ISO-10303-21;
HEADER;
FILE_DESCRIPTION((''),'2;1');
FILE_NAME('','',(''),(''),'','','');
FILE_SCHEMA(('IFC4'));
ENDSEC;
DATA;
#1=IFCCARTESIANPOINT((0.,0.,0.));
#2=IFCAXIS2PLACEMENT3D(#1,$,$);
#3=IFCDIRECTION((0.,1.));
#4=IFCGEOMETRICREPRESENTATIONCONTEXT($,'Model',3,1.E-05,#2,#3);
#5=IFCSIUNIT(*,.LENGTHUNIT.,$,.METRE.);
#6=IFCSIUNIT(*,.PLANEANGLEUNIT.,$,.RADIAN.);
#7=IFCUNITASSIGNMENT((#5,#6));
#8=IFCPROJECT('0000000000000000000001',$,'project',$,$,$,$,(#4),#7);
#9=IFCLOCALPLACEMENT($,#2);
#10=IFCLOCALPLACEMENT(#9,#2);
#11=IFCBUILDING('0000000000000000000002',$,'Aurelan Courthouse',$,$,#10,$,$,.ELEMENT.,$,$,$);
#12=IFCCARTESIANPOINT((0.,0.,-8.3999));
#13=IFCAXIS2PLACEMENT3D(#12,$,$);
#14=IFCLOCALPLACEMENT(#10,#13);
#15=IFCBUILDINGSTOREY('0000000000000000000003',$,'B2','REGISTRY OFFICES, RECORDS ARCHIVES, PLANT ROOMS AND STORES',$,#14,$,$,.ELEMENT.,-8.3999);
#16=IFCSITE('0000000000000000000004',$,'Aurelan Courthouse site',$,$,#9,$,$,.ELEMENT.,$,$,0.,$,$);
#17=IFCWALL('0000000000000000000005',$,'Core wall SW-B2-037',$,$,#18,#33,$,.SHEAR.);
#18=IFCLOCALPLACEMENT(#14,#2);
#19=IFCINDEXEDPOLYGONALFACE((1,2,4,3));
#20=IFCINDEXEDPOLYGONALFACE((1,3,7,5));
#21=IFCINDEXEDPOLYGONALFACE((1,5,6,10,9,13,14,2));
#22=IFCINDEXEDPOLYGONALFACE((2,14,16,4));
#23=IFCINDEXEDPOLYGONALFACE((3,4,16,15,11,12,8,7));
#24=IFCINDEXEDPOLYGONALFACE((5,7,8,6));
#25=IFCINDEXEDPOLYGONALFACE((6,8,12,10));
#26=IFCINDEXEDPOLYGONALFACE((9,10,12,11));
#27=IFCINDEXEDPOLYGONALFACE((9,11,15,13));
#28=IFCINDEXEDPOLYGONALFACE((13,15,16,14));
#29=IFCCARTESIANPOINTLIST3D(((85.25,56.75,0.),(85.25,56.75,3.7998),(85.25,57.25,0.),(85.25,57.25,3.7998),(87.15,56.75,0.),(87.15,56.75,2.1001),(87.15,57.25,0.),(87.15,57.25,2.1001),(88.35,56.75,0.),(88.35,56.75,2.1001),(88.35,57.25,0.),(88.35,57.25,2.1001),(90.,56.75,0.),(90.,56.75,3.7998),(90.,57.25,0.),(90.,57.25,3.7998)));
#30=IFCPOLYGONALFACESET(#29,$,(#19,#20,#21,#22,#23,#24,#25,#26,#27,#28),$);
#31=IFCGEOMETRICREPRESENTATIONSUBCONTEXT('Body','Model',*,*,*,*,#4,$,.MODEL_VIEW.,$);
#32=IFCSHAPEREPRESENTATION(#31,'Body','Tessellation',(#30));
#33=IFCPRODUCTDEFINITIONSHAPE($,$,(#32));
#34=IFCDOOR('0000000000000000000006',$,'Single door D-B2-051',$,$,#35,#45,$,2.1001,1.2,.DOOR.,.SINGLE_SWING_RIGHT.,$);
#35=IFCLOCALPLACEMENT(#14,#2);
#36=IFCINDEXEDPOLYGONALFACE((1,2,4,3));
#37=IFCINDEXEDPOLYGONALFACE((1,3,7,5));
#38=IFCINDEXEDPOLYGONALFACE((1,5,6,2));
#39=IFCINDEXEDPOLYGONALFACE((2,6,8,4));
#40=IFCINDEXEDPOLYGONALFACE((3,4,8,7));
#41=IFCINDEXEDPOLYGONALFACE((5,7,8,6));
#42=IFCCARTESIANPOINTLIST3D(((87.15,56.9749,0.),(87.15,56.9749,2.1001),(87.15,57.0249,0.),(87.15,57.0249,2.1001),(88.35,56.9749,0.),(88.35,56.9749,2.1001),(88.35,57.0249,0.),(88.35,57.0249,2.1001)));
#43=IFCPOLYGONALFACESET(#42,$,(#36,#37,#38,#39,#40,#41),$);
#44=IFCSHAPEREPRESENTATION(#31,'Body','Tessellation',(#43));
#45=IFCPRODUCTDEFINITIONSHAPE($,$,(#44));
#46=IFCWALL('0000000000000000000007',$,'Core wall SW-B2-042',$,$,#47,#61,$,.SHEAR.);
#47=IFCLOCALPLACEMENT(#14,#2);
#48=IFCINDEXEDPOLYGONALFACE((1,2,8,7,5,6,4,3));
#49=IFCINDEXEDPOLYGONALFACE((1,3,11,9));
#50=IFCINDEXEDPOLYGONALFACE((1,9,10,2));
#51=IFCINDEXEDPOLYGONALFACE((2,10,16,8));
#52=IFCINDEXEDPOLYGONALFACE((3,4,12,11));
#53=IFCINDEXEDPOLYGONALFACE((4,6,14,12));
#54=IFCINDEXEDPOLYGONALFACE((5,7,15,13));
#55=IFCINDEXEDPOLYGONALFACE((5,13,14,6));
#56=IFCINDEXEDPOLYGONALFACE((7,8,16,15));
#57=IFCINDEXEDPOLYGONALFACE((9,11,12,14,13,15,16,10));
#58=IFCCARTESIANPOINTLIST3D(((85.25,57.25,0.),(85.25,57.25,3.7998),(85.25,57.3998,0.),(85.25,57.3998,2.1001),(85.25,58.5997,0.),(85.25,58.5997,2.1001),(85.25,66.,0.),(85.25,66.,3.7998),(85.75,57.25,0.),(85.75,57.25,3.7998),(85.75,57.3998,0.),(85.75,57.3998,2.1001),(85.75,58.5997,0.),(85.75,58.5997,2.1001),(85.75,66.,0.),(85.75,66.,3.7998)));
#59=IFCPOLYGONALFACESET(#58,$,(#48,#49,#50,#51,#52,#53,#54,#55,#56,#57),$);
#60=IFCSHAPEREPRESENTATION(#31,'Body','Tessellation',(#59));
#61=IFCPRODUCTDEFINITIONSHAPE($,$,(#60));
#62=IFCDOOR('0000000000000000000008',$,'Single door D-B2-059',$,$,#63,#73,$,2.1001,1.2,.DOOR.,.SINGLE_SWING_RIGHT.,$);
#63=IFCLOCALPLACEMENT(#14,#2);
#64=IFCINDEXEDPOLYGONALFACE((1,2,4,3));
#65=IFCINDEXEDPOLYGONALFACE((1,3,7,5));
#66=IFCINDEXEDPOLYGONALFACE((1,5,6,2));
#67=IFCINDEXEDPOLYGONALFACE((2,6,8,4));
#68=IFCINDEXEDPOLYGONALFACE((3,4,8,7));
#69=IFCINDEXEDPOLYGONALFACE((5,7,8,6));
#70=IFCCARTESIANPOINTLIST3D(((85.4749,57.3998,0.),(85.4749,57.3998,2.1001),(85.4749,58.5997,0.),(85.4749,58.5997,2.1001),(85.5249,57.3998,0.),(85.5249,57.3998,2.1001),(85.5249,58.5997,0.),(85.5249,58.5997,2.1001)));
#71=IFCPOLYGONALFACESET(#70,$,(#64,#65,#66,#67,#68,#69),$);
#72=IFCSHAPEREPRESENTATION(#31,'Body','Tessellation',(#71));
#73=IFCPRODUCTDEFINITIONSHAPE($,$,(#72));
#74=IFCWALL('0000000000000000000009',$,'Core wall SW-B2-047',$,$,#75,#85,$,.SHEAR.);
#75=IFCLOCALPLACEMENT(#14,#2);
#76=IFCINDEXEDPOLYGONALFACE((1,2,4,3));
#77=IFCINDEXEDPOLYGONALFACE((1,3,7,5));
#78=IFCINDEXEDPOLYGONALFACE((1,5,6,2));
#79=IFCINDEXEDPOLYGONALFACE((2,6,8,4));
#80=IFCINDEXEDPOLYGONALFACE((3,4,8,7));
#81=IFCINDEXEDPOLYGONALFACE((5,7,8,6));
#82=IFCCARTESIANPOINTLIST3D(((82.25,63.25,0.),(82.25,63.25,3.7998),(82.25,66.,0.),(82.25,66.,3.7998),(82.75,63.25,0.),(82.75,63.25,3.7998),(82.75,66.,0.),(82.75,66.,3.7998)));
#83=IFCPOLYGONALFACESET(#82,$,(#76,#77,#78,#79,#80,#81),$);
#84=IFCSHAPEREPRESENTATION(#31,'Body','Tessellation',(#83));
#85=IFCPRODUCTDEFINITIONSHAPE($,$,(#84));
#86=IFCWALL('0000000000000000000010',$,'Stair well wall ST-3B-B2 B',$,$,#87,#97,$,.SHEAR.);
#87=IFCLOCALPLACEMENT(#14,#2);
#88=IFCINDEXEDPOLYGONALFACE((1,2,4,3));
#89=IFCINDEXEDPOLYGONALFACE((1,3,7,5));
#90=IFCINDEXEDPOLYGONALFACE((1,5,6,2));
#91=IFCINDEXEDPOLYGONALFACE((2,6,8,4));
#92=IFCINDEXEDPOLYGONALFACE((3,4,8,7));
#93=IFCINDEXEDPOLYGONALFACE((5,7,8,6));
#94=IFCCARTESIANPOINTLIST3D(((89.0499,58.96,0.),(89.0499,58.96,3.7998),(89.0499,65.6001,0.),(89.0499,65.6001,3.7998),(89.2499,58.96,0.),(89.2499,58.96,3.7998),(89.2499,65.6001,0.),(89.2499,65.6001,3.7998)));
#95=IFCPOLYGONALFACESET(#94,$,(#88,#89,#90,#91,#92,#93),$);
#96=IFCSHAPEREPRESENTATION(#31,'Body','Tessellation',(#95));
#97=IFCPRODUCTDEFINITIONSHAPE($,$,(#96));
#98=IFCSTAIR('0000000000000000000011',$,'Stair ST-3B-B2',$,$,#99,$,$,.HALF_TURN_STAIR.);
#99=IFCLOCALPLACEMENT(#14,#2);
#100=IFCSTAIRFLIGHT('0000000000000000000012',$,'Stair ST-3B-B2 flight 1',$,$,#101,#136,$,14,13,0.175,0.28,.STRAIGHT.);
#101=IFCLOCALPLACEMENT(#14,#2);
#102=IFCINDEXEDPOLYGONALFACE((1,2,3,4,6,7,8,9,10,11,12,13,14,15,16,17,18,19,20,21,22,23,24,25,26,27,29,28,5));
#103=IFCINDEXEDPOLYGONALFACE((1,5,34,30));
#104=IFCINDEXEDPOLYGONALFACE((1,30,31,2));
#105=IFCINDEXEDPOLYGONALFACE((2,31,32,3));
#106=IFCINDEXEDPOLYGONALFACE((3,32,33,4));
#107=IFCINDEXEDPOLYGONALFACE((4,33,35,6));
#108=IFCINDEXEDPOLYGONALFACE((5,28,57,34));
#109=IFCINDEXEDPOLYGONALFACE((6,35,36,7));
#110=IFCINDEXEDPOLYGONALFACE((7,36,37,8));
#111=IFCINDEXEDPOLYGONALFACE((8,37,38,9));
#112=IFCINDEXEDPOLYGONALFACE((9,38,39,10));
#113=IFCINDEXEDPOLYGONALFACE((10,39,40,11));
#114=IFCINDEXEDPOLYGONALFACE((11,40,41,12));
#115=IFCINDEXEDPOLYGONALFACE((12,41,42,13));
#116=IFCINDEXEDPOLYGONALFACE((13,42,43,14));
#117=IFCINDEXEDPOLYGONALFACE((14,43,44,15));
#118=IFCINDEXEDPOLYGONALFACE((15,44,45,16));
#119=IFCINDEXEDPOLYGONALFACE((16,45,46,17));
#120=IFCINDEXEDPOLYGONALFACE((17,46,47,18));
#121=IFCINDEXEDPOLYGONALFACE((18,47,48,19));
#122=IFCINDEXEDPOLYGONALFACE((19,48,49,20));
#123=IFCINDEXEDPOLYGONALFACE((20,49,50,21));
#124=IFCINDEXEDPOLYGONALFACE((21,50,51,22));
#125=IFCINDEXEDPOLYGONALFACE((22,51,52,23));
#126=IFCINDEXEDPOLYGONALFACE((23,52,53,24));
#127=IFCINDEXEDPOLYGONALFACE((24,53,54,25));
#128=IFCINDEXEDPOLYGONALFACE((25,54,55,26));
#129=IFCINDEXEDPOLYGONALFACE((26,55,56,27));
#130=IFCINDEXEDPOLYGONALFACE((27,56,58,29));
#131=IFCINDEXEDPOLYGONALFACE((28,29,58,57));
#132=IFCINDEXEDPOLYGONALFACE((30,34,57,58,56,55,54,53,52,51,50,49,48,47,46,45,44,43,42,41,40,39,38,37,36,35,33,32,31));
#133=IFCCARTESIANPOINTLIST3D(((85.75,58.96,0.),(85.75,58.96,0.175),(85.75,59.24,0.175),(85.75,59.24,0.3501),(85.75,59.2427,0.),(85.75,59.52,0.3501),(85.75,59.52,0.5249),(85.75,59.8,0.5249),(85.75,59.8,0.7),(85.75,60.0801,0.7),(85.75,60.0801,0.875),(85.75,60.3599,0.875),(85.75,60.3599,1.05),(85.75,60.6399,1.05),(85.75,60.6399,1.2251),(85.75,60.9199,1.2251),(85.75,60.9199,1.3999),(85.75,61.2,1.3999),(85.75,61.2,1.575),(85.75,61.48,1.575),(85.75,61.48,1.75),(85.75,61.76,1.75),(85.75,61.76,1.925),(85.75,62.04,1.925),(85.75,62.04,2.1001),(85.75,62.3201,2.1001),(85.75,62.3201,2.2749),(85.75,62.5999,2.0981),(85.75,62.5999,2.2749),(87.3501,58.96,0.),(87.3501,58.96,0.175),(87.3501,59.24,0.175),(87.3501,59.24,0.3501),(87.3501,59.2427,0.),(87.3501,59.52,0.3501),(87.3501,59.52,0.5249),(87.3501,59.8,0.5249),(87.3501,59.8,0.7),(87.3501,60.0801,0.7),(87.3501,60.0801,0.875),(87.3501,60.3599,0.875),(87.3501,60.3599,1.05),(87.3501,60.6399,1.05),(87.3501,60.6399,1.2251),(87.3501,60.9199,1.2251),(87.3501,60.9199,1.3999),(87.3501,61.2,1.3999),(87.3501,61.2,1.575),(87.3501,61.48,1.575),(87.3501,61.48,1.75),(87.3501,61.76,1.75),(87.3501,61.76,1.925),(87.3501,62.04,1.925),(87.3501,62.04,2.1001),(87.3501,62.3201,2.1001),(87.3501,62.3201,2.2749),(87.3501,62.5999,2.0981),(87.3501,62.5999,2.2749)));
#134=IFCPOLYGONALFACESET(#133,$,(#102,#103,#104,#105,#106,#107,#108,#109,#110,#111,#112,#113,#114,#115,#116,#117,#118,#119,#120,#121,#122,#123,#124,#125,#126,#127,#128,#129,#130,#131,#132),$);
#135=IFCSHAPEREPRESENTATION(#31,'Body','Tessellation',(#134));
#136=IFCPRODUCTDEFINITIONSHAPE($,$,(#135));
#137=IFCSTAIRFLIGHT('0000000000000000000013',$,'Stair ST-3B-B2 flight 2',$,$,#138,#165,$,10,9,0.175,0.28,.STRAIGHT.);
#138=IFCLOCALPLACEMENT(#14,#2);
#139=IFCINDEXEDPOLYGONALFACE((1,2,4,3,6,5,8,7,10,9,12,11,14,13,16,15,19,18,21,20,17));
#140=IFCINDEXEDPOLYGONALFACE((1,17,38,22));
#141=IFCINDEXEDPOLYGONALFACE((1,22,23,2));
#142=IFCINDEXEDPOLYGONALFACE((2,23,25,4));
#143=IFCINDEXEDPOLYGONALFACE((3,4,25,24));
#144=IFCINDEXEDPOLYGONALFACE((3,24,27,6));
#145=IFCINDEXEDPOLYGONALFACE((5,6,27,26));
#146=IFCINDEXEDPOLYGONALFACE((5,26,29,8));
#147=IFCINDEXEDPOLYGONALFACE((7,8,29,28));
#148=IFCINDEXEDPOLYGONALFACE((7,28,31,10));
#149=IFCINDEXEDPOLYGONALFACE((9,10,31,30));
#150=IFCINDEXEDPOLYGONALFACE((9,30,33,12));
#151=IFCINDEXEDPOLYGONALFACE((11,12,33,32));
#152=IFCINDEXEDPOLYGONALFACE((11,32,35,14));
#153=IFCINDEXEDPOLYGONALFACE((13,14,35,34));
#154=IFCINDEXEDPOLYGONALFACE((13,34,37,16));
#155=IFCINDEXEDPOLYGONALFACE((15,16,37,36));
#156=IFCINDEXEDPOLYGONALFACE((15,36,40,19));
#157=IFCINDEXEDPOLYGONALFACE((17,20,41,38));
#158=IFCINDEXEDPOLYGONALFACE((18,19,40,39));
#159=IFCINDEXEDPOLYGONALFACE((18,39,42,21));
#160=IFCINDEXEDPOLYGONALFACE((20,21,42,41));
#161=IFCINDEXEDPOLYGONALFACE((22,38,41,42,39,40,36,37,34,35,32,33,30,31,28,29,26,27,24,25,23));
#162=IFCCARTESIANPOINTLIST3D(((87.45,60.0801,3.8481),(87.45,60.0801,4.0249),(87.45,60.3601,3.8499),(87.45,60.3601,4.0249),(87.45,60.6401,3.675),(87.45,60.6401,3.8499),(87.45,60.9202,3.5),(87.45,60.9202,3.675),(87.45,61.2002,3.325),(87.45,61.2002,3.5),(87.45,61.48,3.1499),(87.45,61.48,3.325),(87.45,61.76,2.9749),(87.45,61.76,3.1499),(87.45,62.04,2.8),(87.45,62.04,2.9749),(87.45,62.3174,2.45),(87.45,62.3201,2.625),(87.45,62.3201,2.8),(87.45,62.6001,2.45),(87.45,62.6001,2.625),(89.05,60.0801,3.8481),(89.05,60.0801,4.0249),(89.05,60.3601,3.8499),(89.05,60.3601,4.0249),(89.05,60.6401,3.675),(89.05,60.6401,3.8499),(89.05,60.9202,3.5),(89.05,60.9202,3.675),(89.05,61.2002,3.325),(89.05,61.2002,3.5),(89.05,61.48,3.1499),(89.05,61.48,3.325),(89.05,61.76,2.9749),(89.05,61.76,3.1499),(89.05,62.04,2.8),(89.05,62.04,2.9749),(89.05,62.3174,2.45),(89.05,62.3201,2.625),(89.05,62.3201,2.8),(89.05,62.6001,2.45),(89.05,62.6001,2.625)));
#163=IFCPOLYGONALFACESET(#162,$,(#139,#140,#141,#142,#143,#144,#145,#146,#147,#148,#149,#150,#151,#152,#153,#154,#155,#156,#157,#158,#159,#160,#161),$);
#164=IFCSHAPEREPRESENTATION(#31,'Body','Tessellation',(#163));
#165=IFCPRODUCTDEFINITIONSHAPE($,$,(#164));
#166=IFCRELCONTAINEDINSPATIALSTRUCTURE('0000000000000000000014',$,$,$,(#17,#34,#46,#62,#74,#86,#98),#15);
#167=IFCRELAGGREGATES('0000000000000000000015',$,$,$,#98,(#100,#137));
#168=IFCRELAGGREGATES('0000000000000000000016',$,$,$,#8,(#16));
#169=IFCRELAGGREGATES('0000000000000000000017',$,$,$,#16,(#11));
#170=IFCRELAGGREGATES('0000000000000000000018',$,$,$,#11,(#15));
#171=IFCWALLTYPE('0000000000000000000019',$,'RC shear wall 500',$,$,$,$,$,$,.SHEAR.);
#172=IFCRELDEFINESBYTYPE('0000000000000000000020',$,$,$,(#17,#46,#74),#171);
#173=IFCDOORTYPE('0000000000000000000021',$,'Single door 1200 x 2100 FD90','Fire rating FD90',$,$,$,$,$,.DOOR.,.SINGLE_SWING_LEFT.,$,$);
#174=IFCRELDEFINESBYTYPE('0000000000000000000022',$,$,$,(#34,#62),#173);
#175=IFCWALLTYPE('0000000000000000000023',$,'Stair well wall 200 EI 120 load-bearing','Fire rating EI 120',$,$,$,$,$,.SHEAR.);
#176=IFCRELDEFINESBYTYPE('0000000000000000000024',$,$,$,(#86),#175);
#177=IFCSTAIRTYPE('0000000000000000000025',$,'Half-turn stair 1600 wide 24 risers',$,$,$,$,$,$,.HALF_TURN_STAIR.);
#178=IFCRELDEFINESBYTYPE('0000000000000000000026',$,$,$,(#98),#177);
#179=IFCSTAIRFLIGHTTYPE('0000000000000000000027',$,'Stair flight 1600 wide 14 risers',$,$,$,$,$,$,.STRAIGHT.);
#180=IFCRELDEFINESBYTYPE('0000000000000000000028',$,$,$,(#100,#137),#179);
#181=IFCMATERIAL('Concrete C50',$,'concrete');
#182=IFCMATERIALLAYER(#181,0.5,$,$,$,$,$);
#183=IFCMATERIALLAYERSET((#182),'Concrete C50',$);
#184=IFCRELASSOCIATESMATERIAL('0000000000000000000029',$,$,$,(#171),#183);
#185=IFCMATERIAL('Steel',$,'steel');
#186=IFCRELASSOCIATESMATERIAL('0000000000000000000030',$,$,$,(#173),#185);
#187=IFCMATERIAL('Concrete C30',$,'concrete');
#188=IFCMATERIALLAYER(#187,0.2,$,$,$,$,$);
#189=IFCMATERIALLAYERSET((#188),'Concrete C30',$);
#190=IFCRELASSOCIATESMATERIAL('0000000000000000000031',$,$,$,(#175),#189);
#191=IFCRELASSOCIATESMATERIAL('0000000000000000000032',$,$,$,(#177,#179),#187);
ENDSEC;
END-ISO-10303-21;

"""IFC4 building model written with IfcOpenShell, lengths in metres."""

from ifc_helpers import new_model, si_unit, direction, frame, frame_2d, origin, place, context, subcontext, project, spatial, polyline, rectangle, outline, extrude, material, layer, layer_set, type_object, element, fill, aggregate, save


model = new_model("IFC4")

# Units and contexts
model_context = context("Model", 3, precision=1e-05, world=origin(), true_north=direction((0.0, 1.0)))
body_context = subcontext(model_context, "Body", "Model", "MODEL_VIEW")
ifc_project = project(units=[si_unit("LENGTHUNIT", "METRE"), si_unit("PLANEANGLEUNIT", "RADIAN")], contexts=[model_context])

# Site, building, storey
site_placement = place(None, origin())
site = spatial("IfcSite", under=ifc_project, at=site_placement, Name="Aurelan Courthouse site", CompositionType="ELEMENT", RefElevation=0.0)
building_placement = place(site_placement, origin())
building = spatial("IfcBuilding", under=site, at=building_placement, Name="Aurelan Courthouse", CompositionType="ELEMENT")
storey_placement = place(building_placement, frame((0.0, 0.0, -8.3999)))
storey = spatial("IfcBuildingStorey", under=building, at=storey_placement, Name="B2", Description="REGISTRY OFFICES, RECORDS ARCHIVES, PLANT ROOMS AND STORES", CompositionType="ELEMENT", Elevation=-8.3999)

# Shared definitions
ifc_material_1 = material(Name="Concrete C50", Category="concrete")

# Walls, openings, doors
ifc_layer_1 = layer(ifc_material_1, 0.5)
ifc_layer_set_1 = layer_set([ifc_layer_1], Name="Concrete C50")
wall_type_1 = type_object("IfcWallType", Name="RC shear wall 500", PredefinedType="SHEAR", material=ifc_layer_set_1)
wall_1_placement = place(storey_placement, frame((85.25, 57.0, 0.0), z_axis=(0.0, 0.0, 1.0), x_axis=(1.0, 0.0, 0.0)))
wall_1 = element("IfcWall", 1, at=wall_1_placement, inside=storey, type_object=wall_type_1, Name="Core wall SW-B2-037", PredefinedType="SHEAR", context=body_context, shape_type="SweptSolid", body=[
    extrude(rectangle(XDim=4.75, YDim=0.5, at=frame_2d((2.375, 0.0))), origin(), (0.0, 0.0, 1.0), 3.7998),
])
opening_1_placement = place(wall_1_placement, frame((1.8999, 0.0, 0.0)))
opening_1 = element("IfcOpeningElement", 2, at=opening_1_placement, cuts=wall_1, PredefinedType="OPENING", context=body_context, shape_type="SweptSolid", body=[
    extrude(rectangle(XDim=1.2, YDim=2.1001, at=frame_2d((0.6001, 1.05))), frame((0.0, 0.26, 0.0), z_axis=(0.0, -1.0, 0.0), x_axis=(1.0, 0.0, 0.0)), (0.0, 0.0, 1.0), 0.52),
])
ifc_material_2 = material(Name="Steel", Category="steel")
door_type = type_object("IfcDoorType", Name="Single door 1200 x 2100 FD90", Description="Fire rating FD90", OperationType="SINGLE_SWING_LEFT", PredefinedType="DOOR", material=ifc_material_2)
door_1_placement = place(opening_1_placement, origin())
door_1 = element("IfcDoor", 3, at=door_1_placement, inside=storey, type_object=door_type, Name="Single door D-B2-051", OperationType="SINGLE_SWING_RIGHT", OverallHeight=2.1001, OverallWidth=1.2, PredefinedType="DOOR", context=body_context, shape_type="SweptSolid", body=[
    extrude(rectangle(XDim=1.2, YDim=2.1001, at=frame_2d((0.6001, 1.05))), frame((0.0, 0.0249, 0.0), z_axis=(0.0, -1.0, 0.0), x_axis=(1.0, 0.0, 0.0)), (0.0, 0.0, 1.0), 0.05),
])
fill(opening_1, door_1)
wall_2_placement = place(storey_placement, frame((85.5, 57.25, 0.0), z_axis=(0.0, 0.0, 1.0), x_axis=(0.0, 1.0, 0.0)))
wall_2 = element("IfcWall", 4, at=wall_2_placement, inside=storey, type_object=wall_type_1, Name="Core wall SW-B2-042", PredefinedType="SHEAR", context=body_context, shape_type="SweptSolid", body=[
    extrude(rectangle(XDim=8.75, YDim=0.5, at=frame_2d((4.375, 0.0))), origin(), (0.0, 0.0, 1.0), 3.7998),
])
opening_2_placement = place(wall_2_placement, frame((1.3499, 0.0, 0.0), z_axis=(0.0, 0.0, 1.0), x_axis=(-1.0, 0.0, 0.0)))
opening_2 = element("IfcOpeningElement", 5, at=opening_2_placement, cuts=wall_2, PredefinedType="OPENING", context=body_context, shape_type="SweptSolid", body=[
    extrude(rectangle(XDim=1.2, YDim=2.1001, at=frame_2d((0.6001, 1.05))), frame((0.0, 0.26, 0.0), z_axis=(0.0, -1.0, 0.0), x_axis=(1.0, 0.0, 0.0)), (0.0, 0.0, 1.0), 0.52),
])
door_2_placement = place(opening_2_placement, origin())
door_2 = element("IfcDoor", 6, at=door_2_placement, inside=storey, type_object=door_type, Name="Single door D-B2-059", OperationType="SINGLE_SWING_RIGHT", OverallHeight=2.1001, OverallWidth=1.2, PredefinedType="DOOR", context=body_context, shape_type="SweptSolid", body=[
    extrude(rectangle(XDim=1.2, YDim=2.1001, at=frame_2d((0.6001, 1.05))), frame((0.0, 0.0249, 0.0), z_axis=(0.0, -1.0, 0.0), x_axis=(1.0, 0.0, 0.0)), (0.0, 0.0, 1.0), 0.05),
])
fill(opening_2, door_2)

# Walls
wall_3_placement = place(storey_placement, frame((82.5, 63.25, 0.0), z_axis=(0.0, 0.0, 1.0), x_axis=(0.0, 1.0, 0.0)))
element("IfcWall", 7, at=wall_3_placement, inside=storey, type_object=wall_type_1, Name="Core wall SW-B2-047", PredefinedType="SHEAR", context=body_context, shape_type="SweptSolid", body=[
    extrude(rectangle(XDim=2.75, YDim=0.5, at=frame_2d((1.375, 0.0))), origin(), (0.0, 0.0, 1.0), 3.7998),
])
ifc_material_3 = material(Name="Concrete C30", Category="concrete")
ifc_layer_2 = layer(ifc_material_3, 0.2)
ifc_layer_set_2 = layer_set([ifc_layer_2], Name="Concrete C30")
wall_type_2 = type_object("IfcWallType", Name="Stair well wall 200 EI 120 load-bearing", Description="Fire rating EI 120", PredefinedType="SHEAR", material=ifc_layer_set_2)
wall_4_placement = place(storey_placement, frame((89.1499, 58.96, 0.0), z_axis=(0.0, 0.0, 1.0), x_axis=(0.0, 1.0, 0.0)))
element("IfcWall", 8, at=wall_4_placement, inside=storey, type_object=wall_type_2, Name="Stair well wall ST-3B-B2 B", PredefinedType="SHEAR", context=body_context, shape_type="SweptSolid", body=[
    extrude(rectangle(XDim=6.6401, YDim=0.2, at=frame_2d((3.3201, 0.0))), origin(), (0.0, 0.0, 1.0), 3.7998),
])

# Stair, stair flights
stair_type = type_object("IfcStairType", Name="Half-turn stair 1600 wide 24 risers", PredefinedType="HALF_TURN_STAIR", material=ifc_material_3)
stair_placement = place(storey_placement, origin())
stair = element("IfcStair", 9, at=stair_placement, inside=storey, type_object=stair_type, Name="Stair ST-3B-B2", PredefinedType="HALF_TURN_STAIR")
stair_flight_type = type_object("IfcStairFlightType", Name="Stair flight 1600 wide 14 risers", PredefinedType="STRAIGHT", material=ifc_material_3)
stair_flight_1_placement = place(storey_placement, frame((86.55, 58.96, 0.0), z_axis=(0.0, 0.0, 1.0), x_axis=(0.0, 1.0, 0.0)))
stair_flight_1 = element("IfcStairFlight", 10, at=stair_flight_1_placement, type_object=stair_flight_type, Name="Stair ST-3B-B2 flight 1", NumberOfRisers=14, NumberOfTreads=13, PredefinedType="STRAIGHT", RiserHeight=0.175, TreadLength=0.28, context=body_context, shape_type="SweptSolid", body=[
    extrude(outline(polyline([(0.0, 0.0), (0.0, 0.175), (0.28, 0.175), (0.28, 0.3501), (0.5601, 0.3501), (0.5601, 0.5249), (0.8401, 0.5249), (0.8401, 0.7), (1.1201, 0.7), (1.1201, 0.875), (1.3999, 0.875), (1.3999, 1.05), (1.6799, 1.05), (1.6799, 1.2251), (1.96, 1.2251), (1.96, 1.3999), (2.24, 1.3999), (2.24, 1.575), (2.52, 1.575), (2.52, 1.75), (2.8, 1.75), (2.8, 1.925), (3.0801, 1.925), (3.0801, 2.1001), (3.3601, 2.1001), (3.3601, 2.2749), (3.6399, 2.2749), (3.6399, 2.45), (3.6399, 2.0981), (0.2827, 0.0), (0.0, 0.0)])), frame((0.0, 0.8, 0.0), z_axis=(0.0, -1.0, 0.0), x_axis=(1.0, 0.0, 0.0)), (0.0, 0.0, 1.0), 1.6001),
])
stair_flight_2_placement = place(storey_placement, frame((88.25, 62.6001, 2.45), z_axis=(0.0, 0.0, 1.0), x_axis=(0.0, -1.0, 0.0)))
stair_flight_2 = element("IfcStairFlight", 11, at=stair_flight_2_placement, type_object=stair_flight_type, Name="Stair ST-3B-B2 flight 2", NumberOfRisers=10, NumberOfTreads=9, PredefinedType="STRAIGHT", RiserHeight=0.175, TreadLength=0.28, context=body_context, shape_type="SweptSolid", body=[
    extrude(outline(polyline([(0.0, 0.0), (0.0, 0.175), (0.28, 0.175), (0.28, 0.3501), (0.5601, 0.3501), (0.5601, 0.5249), (0.8401, 0.5249), (0.8401, 0.7), (1.1201, 0.7), (1.1201, 0.875), (1.3999, 0.875), (1.3999, 1.05), (1.6799, 1.05), (1.6799, 1.2251), (1.96, 1.2251), (1.96, 1.3999), (2.24, 1.3999), (2.24, 1.575), (2.52, 1.575), (2.52, 1.75), (2.52, 1.3982), (0.2827, 0.0), (0.0, 0.0)])), frame((0.0, 0.8, 0.0), z_axis=(0.0, -1.0, 0.0), x_axis=(1.0, 0.0, 0.0)), (0.0, 0.0, 1.0), 1.6001),
])
aggregate(stair, [stair_flight_1, stair_flight_2])

save(model, "model.ifc")
